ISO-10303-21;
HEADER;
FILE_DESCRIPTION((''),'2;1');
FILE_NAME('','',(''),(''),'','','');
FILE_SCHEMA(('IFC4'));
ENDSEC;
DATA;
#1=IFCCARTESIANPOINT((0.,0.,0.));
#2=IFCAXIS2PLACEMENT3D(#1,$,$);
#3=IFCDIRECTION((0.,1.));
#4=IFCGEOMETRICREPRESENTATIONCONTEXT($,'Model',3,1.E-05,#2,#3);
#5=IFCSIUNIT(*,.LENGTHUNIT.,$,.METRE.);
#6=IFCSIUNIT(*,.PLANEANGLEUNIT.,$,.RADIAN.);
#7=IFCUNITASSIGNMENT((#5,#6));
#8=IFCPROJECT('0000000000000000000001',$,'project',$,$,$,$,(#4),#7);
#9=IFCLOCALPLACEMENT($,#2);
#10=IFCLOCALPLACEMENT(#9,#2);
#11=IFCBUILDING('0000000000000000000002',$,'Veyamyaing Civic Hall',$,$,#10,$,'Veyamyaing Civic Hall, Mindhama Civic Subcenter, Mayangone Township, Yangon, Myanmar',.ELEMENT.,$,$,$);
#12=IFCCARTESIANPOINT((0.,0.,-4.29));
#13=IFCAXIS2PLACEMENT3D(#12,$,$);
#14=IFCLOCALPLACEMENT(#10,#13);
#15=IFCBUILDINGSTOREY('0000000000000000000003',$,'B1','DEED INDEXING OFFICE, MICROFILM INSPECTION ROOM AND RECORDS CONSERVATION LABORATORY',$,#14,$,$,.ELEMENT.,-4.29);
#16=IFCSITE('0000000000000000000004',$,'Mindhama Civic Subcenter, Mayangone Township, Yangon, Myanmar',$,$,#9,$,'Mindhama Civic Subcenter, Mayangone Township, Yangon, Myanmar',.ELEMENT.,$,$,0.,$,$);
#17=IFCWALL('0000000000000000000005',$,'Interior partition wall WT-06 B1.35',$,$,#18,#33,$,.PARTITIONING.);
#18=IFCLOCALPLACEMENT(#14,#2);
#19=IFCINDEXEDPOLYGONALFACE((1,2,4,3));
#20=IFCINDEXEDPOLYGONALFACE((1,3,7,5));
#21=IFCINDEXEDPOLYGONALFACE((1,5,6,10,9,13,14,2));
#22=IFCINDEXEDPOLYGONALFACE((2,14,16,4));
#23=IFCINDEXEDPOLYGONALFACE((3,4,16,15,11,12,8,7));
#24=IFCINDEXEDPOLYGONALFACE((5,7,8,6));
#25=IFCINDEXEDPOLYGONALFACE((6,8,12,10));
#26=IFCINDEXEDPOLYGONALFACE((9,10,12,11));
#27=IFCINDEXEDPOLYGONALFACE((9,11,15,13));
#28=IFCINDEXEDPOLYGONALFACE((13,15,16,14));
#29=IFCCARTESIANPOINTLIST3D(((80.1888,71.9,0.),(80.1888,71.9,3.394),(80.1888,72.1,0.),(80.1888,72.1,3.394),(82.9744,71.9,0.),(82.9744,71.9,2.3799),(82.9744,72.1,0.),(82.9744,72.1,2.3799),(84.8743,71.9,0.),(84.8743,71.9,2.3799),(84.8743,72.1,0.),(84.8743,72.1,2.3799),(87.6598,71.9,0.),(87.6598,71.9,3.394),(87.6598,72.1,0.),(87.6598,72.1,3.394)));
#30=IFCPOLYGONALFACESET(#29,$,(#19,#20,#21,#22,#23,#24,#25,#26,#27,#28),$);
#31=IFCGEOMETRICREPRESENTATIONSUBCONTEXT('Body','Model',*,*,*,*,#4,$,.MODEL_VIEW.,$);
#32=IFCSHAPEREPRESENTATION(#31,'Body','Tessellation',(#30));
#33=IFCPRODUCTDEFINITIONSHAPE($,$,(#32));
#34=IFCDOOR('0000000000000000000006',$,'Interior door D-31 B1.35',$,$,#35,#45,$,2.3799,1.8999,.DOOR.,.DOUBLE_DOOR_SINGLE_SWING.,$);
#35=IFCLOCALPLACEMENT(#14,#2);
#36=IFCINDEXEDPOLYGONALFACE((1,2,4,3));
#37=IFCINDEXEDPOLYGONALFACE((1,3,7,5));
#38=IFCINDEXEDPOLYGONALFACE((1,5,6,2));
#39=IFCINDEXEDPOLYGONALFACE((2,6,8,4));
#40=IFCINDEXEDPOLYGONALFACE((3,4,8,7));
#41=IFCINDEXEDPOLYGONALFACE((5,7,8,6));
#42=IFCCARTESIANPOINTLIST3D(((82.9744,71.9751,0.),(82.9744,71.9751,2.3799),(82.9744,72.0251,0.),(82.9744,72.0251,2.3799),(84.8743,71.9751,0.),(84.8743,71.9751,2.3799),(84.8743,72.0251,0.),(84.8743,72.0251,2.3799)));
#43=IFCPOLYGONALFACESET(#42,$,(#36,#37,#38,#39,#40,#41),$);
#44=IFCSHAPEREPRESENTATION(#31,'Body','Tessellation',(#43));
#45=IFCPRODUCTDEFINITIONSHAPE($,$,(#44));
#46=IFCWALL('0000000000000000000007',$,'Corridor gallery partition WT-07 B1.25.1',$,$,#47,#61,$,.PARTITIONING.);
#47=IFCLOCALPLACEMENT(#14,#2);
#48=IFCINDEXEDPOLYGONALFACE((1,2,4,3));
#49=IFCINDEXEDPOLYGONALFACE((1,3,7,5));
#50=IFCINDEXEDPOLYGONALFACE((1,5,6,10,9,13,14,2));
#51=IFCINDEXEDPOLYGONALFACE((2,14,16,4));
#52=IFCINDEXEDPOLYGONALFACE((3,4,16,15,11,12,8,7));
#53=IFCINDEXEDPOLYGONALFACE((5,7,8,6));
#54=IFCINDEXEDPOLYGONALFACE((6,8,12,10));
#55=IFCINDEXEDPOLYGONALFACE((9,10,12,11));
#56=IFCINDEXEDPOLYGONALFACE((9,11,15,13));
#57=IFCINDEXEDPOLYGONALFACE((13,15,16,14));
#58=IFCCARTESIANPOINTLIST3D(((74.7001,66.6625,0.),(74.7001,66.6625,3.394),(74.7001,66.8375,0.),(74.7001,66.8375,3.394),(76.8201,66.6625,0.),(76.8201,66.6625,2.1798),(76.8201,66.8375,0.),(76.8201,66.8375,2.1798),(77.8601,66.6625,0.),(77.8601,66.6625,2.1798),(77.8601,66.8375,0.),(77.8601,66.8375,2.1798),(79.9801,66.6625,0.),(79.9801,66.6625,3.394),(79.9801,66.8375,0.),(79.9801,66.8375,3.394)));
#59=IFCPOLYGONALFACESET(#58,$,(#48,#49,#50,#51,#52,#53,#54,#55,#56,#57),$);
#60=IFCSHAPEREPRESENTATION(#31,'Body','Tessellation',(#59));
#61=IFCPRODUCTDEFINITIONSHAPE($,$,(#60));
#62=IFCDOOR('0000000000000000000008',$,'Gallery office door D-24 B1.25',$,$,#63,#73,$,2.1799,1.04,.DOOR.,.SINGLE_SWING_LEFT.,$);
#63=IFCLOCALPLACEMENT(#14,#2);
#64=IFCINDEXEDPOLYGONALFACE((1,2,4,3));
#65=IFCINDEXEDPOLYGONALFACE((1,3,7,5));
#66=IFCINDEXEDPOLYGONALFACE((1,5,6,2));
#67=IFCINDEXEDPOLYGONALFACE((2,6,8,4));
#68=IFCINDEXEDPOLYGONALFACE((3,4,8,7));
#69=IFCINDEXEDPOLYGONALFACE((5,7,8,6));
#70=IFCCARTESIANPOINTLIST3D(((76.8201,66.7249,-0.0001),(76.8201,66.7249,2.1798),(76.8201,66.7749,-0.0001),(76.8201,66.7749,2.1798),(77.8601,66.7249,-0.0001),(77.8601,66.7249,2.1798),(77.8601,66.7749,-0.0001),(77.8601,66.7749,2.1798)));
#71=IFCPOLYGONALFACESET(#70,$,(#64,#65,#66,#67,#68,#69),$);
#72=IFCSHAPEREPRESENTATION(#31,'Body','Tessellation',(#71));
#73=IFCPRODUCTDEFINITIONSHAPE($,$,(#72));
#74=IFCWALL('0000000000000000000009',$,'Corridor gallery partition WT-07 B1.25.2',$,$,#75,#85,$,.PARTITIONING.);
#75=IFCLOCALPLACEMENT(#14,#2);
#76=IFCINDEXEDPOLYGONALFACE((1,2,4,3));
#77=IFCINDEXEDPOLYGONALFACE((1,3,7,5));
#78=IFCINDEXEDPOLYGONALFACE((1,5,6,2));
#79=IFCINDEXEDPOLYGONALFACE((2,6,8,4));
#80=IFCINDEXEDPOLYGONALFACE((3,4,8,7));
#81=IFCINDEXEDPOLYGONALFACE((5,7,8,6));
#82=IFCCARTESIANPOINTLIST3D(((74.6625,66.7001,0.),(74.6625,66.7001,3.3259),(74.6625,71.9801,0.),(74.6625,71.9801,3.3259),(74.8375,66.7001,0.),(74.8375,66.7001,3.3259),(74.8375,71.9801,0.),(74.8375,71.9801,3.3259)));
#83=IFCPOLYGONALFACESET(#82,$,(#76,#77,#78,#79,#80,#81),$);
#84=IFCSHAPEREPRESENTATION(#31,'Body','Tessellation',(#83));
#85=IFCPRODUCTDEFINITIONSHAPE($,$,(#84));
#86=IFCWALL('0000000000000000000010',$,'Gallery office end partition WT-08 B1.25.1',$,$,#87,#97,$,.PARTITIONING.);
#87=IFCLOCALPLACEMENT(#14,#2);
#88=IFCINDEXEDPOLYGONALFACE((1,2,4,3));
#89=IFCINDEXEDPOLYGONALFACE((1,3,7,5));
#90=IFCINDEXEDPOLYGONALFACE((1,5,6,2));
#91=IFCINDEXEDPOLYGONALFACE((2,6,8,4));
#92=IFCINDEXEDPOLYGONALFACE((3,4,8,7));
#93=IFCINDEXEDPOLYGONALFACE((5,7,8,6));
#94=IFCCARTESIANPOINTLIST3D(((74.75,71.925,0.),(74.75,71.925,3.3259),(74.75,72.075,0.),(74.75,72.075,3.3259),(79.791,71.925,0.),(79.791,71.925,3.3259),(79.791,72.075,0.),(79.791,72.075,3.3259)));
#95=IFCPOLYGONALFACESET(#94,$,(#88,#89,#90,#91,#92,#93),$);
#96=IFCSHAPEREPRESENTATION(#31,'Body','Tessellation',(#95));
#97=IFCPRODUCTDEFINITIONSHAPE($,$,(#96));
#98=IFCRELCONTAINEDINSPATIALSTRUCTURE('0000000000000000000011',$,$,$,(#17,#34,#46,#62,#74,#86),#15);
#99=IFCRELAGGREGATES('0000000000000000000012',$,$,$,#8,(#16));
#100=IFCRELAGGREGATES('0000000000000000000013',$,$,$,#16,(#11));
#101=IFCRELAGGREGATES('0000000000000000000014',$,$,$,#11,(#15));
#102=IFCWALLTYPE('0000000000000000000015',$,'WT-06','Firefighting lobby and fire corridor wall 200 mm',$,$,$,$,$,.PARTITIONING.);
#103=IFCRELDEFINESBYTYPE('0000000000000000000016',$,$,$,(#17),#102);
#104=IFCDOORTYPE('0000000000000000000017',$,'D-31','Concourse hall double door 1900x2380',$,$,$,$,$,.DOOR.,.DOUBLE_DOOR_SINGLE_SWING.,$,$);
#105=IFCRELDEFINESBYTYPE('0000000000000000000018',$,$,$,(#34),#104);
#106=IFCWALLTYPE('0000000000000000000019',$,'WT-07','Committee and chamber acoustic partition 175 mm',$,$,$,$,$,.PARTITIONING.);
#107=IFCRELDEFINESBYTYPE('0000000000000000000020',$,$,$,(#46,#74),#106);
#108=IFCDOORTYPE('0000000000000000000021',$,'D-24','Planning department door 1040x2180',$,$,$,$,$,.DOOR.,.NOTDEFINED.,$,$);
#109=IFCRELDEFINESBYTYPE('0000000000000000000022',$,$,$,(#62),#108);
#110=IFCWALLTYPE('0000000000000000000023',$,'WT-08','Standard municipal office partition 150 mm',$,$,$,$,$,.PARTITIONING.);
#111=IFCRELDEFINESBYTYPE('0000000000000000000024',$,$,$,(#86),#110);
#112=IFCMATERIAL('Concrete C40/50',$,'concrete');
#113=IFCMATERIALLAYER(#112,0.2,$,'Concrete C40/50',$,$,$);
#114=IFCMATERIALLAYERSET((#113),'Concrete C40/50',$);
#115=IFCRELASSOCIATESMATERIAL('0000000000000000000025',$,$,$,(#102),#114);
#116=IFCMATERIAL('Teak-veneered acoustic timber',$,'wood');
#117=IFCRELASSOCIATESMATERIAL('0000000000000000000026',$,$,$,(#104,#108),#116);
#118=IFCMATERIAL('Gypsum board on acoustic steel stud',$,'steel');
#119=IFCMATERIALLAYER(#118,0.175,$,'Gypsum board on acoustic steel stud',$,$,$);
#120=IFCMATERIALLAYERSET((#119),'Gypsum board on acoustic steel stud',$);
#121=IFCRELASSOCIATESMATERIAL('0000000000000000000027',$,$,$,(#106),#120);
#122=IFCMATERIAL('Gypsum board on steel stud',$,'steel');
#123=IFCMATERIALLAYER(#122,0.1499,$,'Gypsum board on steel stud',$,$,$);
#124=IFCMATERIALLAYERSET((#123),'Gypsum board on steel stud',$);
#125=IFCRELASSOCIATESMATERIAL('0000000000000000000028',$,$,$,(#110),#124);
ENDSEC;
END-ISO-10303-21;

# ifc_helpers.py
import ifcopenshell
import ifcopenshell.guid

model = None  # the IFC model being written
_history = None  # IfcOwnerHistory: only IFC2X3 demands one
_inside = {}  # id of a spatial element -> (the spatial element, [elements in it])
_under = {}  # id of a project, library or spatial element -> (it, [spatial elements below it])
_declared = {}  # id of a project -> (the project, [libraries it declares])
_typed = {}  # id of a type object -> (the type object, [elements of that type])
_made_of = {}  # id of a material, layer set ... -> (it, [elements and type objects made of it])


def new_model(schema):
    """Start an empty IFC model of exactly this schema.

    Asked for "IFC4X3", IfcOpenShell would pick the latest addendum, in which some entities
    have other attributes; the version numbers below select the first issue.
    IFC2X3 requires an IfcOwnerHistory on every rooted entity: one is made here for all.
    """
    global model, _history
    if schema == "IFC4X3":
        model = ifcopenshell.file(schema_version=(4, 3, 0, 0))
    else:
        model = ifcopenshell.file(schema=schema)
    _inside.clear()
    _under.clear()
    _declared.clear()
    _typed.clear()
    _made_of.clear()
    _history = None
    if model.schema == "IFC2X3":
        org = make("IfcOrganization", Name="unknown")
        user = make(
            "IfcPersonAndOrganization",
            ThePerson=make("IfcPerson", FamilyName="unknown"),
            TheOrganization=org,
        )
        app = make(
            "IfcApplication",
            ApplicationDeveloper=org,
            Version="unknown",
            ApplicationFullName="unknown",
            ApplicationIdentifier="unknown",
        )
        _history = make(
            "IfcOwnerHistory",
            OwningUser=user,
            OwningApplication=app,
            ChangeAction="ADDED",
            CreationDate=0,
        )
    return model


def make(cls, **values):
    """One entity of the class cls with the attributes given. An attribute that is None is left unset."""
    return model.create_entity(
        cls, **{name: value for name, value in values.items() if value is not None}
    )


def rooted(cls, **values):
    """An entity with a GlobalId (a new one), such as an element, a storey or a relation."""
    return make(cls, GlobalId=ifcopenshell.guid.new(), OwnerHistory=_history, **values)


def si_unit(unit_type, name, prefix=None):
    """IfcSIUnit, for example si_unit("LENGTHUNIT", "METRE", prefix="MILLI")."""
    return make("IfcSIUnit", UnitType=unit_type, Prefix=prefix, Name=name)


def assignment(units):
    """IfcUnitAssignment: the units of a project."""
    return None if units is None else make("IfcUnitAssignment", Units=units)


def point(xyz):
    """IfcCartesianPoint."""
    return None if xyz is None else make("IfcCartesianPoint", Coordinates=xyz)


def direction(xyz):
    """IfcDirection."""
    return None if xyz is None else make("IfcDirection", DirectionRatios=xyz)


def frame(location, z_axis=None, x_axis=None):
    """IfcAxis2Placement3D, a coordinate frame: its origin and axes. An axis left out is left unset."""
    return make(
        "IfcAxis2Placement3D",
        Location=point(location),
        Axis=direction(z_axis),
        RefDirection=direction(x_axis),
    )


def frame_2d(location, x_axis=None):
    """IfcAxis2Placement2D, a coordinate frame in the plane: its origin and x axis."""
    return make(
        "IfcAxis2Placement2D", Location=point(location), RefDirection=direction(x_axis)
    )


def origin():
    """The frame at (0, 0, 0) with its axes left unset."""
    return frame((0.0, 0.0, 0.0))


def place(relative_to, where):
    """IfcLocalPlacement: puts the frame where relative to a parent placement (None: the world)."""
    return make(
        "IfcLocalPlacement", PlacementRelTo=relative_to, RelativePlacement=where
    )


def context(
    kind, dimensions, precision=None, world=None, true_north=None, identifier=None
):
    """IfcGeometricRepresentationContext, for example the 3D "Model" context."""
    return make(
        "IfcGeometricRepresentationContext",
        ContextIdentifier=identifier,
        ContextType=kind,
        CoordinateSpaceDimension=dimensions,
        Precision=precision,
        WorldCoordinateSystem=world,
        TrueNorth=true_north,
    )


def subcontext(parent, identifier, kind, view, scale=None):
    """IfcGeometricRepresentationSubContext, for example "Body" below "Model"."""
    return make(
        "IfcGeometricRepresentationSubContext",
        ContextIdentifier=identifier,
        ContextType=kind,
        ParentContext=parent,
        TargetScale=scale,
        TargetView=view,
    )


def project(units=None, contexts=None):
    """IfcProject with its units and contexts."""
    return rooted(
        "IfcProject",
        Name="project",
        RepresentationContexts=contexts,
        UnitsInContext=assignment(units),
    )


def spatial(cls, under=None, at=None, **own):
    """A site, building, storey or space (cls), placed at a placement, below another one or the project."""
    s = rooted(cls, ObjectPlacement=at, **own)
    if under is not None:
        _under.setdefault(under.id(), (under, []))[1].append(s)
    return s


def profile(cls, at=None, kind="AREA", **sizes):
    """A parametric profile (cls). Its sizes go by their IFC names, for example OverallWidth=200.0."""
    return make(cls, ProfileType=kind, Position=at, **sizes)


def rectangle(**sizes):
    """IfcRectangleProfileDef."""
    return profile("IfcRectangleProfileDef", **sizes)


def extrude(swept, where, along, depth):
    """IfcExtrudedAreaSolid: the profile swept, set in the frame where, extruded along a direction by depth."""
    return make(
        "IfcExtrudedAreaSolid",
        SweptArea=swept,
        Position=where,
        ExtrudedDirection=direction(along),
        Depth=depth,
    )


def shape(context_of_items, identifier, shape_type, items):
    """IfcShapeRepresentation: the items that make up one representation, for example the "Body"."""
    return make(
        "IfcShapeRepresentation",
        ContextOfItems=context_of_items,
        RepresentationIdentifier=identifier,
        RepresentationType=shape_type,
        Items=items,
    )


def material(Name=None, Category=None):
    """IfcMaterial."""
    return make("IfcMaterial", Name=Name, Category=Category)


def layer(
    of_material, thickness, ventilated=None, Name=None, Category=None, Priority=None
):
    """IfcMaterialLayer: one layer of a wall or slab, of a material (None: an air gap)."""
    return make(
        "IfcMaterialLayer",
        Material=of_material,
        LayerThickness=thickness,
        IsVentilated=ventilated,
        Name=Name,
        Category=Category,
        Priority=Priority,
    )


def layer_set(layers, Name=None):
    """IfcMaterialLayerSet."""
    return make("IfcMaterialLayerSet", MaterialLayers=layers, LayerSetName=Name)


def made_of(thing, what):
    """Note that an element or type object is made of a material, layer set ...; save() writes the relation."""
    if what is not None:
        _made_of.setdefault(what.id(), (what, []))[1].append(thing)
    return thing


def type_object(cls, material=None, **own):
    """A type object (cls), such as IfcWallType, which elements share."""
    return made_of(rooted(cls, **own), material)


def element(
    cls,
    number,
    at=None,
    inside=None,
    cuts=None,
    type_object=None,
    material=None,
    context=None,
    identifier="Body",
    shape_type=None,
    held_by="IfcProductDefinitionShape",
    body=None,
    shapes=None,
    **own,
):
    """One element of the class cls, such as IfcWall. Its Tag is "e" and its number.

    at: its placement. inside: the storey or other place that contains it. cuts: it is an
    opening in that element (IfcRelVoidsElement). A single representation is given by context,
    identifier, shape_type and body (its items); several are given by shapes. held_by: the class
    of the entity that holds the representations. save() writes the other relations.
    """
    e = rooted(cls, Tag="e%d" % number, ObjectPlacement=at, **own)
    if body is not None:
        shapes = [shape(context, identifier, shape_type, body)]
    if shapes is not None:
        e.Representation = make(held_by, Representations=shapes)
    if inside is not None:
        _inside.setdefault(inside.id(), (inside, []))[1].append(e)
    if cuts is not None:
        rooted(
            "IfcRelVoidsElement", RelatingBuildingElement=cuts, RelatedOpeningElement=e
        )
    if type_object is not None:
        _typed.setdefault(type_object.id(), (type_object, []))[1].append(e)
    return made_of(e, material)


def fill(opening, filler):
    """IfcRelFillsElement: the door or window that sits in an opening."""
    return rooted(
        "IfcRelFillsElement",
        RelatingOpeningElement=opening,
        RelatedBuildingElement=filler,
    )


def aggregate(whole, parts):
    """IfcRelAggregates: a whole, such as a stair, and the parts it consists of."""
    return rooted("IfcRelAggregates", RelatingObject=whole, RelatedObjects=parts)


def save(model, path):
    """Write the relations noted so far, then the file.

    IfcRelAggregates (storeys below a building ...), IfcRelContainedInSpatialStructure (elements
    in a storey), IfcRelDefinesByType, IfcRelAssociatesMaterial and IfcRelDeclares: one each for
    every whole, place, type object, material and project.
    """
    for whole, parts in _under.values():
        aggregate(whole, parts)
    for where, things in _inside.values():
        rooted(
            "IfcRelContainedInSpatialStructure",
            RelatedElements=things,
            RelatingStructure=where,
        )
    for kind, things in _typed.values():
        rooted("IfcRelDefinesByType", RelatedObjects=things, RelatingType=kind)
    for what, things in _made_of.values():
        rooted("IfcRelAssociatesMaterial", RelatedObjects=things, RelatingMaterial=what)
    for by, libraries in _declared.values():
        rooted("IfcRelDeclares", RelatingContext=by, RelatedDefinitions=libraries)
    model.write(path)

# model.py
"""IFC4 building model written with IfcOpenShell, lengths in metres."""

from ifc_helpers import new_model, si_unit, direction, frame, frame_2d, origin, place, context, subcontext, project, spatial, rectangle, extrude, material, layer, layer_set, type_object, element, fill, save


model = new_model("IFC4")

# Units and contexts
model_context = context("Model", 3, precision=1e-05, world=origin(), true_north=direction((0.0, 1.0)))
body_context = subcontext(model_context, "Body", "Model", "MODEL_VIEW")
ifc_project = project(units=[si_unit("LENGTHUNIT", "METRE"), si_unit("PLANEANGLEUNIT", "RADIAN")], contexts=[model_context])

# Site, building, storey
site_placement = place(None, origin())
site = spatial("IfcSite", under=ifc_project, at=site_placement, Name="Mindhama Civic Subcenter, Mayangone Township, Yangon, Myanmar", LongName="Mindhama Civic Subcenter, Mayangone Township, Yangon, Myanmar", CompositionType="ELEMENT", RefElevation=0.0)
building_placement = place(site_placement, origin())
building = spatial("IfcBuilding", under=site, at=building_placement, Name="Veyamyaing Civic Hall", LongName="Veyamyaing Civic Hall, Mindhama Civic Subcenter, Mayangone Township, Yangon, Myanmar", CompositionType="ELEMENT")
storey_placement = place(building_placement, frame((0.0, 0.0, -4.29)))
storey = spatial("IfcBuildingStorey", under=building, at=storey_placement, Name="B1", Description="DEED INDEXING OFFICE, MICROFILM INSPECTION ROOM AND RECORDS CONSERVATION LABORATORY", CompositionType="ELEMENT", Elevation=-4.29)

# Shared definitions
ifc_material_1 = material(Name="Concrete C40/50", Category="concrete")

# Walls, openings, doors
ifc_layer_1 = layer(ifc_material_1, 0.2, Name="Concrete C40/50")
ifc_layer_set_1 = layer_set([ifc_layer_1], Name="Concrete C40/50")
wall_type_1 = type_object("IfcWallType", Name="WT-06", Description="Firefighting lobby and fire corridor wall 200 mm", PredefinedType="PARTITIONING", material=ifc_layer_set_1)
ifc_material_2 = material(Name="Teak-veneered acoustic timber", Category="wood")
door_type_1 = type_object("IfcDoorType", Name="D-31", Description="Concourse hall double door 1900x2380", OperationType="DOUBLE_DOOR_SINGLE_SWING", PredefinedType="DOOR", material=ifc_material_2)
wall_1_placement = place(storey_placement, frame((80.189, 72.0, 0.0), z_axis=(0.0, 0.0, 1.0), x_axis=(1.0, 0.0, 0.0)))
wall_1 = element("IfcWall", 1, at=wall_1_placement, inside=storey, type_object=wall_type_1, Name="Interior partition wall WT-06 B1.35", PredefinedType="PARTITIONING", context=body_context, shape_type="SweptSolid", body=[
    extrude(rectangle(XDim=7.4709, YDim=0.2, at=frame_2d((3.7354, 0.0))), origin(), (0.0, 0.0, 1.0), 3.394),
])
opening_1_placement = place(wall_1_placement, frame((2.7854, 0.0, 0.0)))
opening_1 = element("IfcOpeningElement", 2, at=opening_1_placement, cuts=wall_1, PredefinedType="OPENING", context=body_context, shape_type="SweptSolid", body=[
    extrude(rectangle(XDim=1.8999, YDim=2.3799, at=frame_2d((0.95, 1.1899))), frame((0.0, 0.1099, 0.0), z_axis=(0.0, -1.0, 0.0), x_axis=(1.0, 0.0, 0.0)), (0.0, 0.0, 1.0), 0.22),
])
door_1_placement = place(opening_1_placement, frame((1.8999, 0.0, 0.0), z_axis=(0.0, 0.0, 1.0), x_axis=(-1.0, 0.0, 0.0)))
door_1 = element("IfcDoor", 3, at=door_1_placement, inside=storey, type_object=door_type_1, Name="Interior door D-31 B1.35", OperationType="DOUBLE_DOOR_SINGLE_SWING", OverallHeight=2.3799, OverallWidth=1.8999, PredefinedType="DOOR", context=body_context, shape_type="SweptSolid", body=[
    extrude(rectangle(XDim=1.8999, YDim=2.3799, at=frame_2d((0.95, 1.1899))), frame((0.0, 0.0249, 0.0), z_axis=(0.0, -1.0, 0.0), x_axis=(1.0, 0.0, 0.0)), (0.0, 0.0, 1.0), 0.05),
])
fill(opening_1, door_1)
ifc_material_3 = material(Name="Gypsum board on acoustic steel stud", Category="steel")
ifc_layer_2 = layer(ifc_material_3, 0.175, Name="Gypsum board on acoustic steel stud")
ifc_layer_set_2 = layer_set([ifc_layer_2], Name="Gypsum board on acoustic steel stud")
wall_type_2 = type_object("IfcWallType", Name="WT-07", Description="Committee and chamber acoustic partition 175 mm", PredefinedType="PARTITIONING", material=ifc_layer_set_2)
wall_2_placement = place(storey_placement, frame((74.7, 66.75, 0.0), z_axis=(0.0, 0.0, 1.0), x_axis=(1.0, 0.0, 0.0)))
wall_2 = element("IfcWall", 4, at=wall_2_placement, inside=storey, type_object=wall_type_2, Name="Corridor gallery partition WT-07 B1.25.1", PredefinedType="PARTITIONING", context=body_context, shape_type="SweptSolid", body=[
    extrude(rectangle(XDim=5.28, YDim=0.175, at=frame_2d((2.6401, 0.0))), origin(), (0.0, 0.0, 1.0), 3.394),
])
opening_2_placement = place(wall_2_placement, frame((2.1201, 0.0, 0.0)))
opening_2 = element("IfcOpeningElement", 5, at=opening_2_placement, cuts=wall_2, PredefinedType="OPENING", context=body_context, shape_type="SweptSolid", body=[
    extrude(rectangle(XDim=1.04, YDim=2.1799, at=frame_2d((0.52, 1.0898))), frame((0.0, 0.0974, 0.0), z_axis=(0.0, -1.0, 0.0), x_axis=(1.0, 0.0, 0.0)), (0.0, 0.0, 1.0), 0.1951),
])
door_type_2 = type_object("IfcDoorType", Name="D-24", Description="Planning department door 1040x2180", OperationType="NOTDEFINED", PredefinedType="DOOR", material=ifc_material_2)
door_2_placement = place(opening_2_placement, origin())
door_2 = element("IfcDoor", 6, at=door_2_placement, inside=storey, type_object=door_type_2, Name="Gallery office door D-24 B1.25", OperationType="SINGLE_SWING_LEFT", OverallHeight=2.1799, OverallWidth=1.04, PredefinedType="DOOR", context=body_context, shape_type="SweptSolid", body=[
    extrude(rectangle(XDim=1.04, YDim=2.1799, at=frame_2d((0.52, 1.0898))), frame((0.0, 0.0249, 0.0), z_axis=(0.0, -1.0, 0.0), x_axis=(1.0, 0.0, 0.0)), (0.0, 0.0, 1.0), 0.05),
])
fill(opening_2, door_2)

# Walls
wall_3_placement = place(storey_placement, frame((74.75, 66.7, 0.0), z_axis=(0.0, 0.0, 1.0), x_axis=(0.0, 1.0, 0.0)))
element("IfcWall", 7, at=wall_3_placement, inside=storey, type_object=wall_type_2, Name="Corridor gallery partition WT-07 B1.25.2", PredefinedType="PARTITIONING", context=body_context, shape_type="SweptSolid", body=[
    extrude(rectangle(XDim=5.28, YDim=0.175, at=frame_2d((2.6401, 0.0))), origin(), (0.0, 0.0, 1.0), 3.3259),
])
ifc_material_4 = material(Name="Gypsum board on steel stud", Category="steel")
ifc_layer_3 = layer(ifc_material_4, 0.1499, Name="Gypsum board on steel stud")
ifc_layer_set_3 = layer_set([ifc_layer_3], Name="Gypsum board on steel stud")
wall_type_3 = type_object("IfcWallType", Name="WT-08", Description="Standard municipal office partition 150 mm", PredefinedType="PARTITIONING", material=ifc_layer_set_3)
wall_4_placement = place(storey_placement, frame((74.75, 72.0, 0.0), z_axis=(0.0, 0.0, 1.0), x_axis=(1.0, 0.0, 0.0)))
element("IfcWall", 8, at=wall_4_placement, inside=storey, type_object=wall_type_3, Name="Gallery office end partition WT-08 B1.25.1", PredefinedType="PARTITIONING", context=body_context, shape_type="SweptSolid", body=[
    extrude(rectangle(XDim=5.041, YDim=0.1499, at=frame_2d((2.5205, 0.0))), origin(), (0.0, 0.0, 1.0), 3.3259),
])

save(model, "model.ifc")
